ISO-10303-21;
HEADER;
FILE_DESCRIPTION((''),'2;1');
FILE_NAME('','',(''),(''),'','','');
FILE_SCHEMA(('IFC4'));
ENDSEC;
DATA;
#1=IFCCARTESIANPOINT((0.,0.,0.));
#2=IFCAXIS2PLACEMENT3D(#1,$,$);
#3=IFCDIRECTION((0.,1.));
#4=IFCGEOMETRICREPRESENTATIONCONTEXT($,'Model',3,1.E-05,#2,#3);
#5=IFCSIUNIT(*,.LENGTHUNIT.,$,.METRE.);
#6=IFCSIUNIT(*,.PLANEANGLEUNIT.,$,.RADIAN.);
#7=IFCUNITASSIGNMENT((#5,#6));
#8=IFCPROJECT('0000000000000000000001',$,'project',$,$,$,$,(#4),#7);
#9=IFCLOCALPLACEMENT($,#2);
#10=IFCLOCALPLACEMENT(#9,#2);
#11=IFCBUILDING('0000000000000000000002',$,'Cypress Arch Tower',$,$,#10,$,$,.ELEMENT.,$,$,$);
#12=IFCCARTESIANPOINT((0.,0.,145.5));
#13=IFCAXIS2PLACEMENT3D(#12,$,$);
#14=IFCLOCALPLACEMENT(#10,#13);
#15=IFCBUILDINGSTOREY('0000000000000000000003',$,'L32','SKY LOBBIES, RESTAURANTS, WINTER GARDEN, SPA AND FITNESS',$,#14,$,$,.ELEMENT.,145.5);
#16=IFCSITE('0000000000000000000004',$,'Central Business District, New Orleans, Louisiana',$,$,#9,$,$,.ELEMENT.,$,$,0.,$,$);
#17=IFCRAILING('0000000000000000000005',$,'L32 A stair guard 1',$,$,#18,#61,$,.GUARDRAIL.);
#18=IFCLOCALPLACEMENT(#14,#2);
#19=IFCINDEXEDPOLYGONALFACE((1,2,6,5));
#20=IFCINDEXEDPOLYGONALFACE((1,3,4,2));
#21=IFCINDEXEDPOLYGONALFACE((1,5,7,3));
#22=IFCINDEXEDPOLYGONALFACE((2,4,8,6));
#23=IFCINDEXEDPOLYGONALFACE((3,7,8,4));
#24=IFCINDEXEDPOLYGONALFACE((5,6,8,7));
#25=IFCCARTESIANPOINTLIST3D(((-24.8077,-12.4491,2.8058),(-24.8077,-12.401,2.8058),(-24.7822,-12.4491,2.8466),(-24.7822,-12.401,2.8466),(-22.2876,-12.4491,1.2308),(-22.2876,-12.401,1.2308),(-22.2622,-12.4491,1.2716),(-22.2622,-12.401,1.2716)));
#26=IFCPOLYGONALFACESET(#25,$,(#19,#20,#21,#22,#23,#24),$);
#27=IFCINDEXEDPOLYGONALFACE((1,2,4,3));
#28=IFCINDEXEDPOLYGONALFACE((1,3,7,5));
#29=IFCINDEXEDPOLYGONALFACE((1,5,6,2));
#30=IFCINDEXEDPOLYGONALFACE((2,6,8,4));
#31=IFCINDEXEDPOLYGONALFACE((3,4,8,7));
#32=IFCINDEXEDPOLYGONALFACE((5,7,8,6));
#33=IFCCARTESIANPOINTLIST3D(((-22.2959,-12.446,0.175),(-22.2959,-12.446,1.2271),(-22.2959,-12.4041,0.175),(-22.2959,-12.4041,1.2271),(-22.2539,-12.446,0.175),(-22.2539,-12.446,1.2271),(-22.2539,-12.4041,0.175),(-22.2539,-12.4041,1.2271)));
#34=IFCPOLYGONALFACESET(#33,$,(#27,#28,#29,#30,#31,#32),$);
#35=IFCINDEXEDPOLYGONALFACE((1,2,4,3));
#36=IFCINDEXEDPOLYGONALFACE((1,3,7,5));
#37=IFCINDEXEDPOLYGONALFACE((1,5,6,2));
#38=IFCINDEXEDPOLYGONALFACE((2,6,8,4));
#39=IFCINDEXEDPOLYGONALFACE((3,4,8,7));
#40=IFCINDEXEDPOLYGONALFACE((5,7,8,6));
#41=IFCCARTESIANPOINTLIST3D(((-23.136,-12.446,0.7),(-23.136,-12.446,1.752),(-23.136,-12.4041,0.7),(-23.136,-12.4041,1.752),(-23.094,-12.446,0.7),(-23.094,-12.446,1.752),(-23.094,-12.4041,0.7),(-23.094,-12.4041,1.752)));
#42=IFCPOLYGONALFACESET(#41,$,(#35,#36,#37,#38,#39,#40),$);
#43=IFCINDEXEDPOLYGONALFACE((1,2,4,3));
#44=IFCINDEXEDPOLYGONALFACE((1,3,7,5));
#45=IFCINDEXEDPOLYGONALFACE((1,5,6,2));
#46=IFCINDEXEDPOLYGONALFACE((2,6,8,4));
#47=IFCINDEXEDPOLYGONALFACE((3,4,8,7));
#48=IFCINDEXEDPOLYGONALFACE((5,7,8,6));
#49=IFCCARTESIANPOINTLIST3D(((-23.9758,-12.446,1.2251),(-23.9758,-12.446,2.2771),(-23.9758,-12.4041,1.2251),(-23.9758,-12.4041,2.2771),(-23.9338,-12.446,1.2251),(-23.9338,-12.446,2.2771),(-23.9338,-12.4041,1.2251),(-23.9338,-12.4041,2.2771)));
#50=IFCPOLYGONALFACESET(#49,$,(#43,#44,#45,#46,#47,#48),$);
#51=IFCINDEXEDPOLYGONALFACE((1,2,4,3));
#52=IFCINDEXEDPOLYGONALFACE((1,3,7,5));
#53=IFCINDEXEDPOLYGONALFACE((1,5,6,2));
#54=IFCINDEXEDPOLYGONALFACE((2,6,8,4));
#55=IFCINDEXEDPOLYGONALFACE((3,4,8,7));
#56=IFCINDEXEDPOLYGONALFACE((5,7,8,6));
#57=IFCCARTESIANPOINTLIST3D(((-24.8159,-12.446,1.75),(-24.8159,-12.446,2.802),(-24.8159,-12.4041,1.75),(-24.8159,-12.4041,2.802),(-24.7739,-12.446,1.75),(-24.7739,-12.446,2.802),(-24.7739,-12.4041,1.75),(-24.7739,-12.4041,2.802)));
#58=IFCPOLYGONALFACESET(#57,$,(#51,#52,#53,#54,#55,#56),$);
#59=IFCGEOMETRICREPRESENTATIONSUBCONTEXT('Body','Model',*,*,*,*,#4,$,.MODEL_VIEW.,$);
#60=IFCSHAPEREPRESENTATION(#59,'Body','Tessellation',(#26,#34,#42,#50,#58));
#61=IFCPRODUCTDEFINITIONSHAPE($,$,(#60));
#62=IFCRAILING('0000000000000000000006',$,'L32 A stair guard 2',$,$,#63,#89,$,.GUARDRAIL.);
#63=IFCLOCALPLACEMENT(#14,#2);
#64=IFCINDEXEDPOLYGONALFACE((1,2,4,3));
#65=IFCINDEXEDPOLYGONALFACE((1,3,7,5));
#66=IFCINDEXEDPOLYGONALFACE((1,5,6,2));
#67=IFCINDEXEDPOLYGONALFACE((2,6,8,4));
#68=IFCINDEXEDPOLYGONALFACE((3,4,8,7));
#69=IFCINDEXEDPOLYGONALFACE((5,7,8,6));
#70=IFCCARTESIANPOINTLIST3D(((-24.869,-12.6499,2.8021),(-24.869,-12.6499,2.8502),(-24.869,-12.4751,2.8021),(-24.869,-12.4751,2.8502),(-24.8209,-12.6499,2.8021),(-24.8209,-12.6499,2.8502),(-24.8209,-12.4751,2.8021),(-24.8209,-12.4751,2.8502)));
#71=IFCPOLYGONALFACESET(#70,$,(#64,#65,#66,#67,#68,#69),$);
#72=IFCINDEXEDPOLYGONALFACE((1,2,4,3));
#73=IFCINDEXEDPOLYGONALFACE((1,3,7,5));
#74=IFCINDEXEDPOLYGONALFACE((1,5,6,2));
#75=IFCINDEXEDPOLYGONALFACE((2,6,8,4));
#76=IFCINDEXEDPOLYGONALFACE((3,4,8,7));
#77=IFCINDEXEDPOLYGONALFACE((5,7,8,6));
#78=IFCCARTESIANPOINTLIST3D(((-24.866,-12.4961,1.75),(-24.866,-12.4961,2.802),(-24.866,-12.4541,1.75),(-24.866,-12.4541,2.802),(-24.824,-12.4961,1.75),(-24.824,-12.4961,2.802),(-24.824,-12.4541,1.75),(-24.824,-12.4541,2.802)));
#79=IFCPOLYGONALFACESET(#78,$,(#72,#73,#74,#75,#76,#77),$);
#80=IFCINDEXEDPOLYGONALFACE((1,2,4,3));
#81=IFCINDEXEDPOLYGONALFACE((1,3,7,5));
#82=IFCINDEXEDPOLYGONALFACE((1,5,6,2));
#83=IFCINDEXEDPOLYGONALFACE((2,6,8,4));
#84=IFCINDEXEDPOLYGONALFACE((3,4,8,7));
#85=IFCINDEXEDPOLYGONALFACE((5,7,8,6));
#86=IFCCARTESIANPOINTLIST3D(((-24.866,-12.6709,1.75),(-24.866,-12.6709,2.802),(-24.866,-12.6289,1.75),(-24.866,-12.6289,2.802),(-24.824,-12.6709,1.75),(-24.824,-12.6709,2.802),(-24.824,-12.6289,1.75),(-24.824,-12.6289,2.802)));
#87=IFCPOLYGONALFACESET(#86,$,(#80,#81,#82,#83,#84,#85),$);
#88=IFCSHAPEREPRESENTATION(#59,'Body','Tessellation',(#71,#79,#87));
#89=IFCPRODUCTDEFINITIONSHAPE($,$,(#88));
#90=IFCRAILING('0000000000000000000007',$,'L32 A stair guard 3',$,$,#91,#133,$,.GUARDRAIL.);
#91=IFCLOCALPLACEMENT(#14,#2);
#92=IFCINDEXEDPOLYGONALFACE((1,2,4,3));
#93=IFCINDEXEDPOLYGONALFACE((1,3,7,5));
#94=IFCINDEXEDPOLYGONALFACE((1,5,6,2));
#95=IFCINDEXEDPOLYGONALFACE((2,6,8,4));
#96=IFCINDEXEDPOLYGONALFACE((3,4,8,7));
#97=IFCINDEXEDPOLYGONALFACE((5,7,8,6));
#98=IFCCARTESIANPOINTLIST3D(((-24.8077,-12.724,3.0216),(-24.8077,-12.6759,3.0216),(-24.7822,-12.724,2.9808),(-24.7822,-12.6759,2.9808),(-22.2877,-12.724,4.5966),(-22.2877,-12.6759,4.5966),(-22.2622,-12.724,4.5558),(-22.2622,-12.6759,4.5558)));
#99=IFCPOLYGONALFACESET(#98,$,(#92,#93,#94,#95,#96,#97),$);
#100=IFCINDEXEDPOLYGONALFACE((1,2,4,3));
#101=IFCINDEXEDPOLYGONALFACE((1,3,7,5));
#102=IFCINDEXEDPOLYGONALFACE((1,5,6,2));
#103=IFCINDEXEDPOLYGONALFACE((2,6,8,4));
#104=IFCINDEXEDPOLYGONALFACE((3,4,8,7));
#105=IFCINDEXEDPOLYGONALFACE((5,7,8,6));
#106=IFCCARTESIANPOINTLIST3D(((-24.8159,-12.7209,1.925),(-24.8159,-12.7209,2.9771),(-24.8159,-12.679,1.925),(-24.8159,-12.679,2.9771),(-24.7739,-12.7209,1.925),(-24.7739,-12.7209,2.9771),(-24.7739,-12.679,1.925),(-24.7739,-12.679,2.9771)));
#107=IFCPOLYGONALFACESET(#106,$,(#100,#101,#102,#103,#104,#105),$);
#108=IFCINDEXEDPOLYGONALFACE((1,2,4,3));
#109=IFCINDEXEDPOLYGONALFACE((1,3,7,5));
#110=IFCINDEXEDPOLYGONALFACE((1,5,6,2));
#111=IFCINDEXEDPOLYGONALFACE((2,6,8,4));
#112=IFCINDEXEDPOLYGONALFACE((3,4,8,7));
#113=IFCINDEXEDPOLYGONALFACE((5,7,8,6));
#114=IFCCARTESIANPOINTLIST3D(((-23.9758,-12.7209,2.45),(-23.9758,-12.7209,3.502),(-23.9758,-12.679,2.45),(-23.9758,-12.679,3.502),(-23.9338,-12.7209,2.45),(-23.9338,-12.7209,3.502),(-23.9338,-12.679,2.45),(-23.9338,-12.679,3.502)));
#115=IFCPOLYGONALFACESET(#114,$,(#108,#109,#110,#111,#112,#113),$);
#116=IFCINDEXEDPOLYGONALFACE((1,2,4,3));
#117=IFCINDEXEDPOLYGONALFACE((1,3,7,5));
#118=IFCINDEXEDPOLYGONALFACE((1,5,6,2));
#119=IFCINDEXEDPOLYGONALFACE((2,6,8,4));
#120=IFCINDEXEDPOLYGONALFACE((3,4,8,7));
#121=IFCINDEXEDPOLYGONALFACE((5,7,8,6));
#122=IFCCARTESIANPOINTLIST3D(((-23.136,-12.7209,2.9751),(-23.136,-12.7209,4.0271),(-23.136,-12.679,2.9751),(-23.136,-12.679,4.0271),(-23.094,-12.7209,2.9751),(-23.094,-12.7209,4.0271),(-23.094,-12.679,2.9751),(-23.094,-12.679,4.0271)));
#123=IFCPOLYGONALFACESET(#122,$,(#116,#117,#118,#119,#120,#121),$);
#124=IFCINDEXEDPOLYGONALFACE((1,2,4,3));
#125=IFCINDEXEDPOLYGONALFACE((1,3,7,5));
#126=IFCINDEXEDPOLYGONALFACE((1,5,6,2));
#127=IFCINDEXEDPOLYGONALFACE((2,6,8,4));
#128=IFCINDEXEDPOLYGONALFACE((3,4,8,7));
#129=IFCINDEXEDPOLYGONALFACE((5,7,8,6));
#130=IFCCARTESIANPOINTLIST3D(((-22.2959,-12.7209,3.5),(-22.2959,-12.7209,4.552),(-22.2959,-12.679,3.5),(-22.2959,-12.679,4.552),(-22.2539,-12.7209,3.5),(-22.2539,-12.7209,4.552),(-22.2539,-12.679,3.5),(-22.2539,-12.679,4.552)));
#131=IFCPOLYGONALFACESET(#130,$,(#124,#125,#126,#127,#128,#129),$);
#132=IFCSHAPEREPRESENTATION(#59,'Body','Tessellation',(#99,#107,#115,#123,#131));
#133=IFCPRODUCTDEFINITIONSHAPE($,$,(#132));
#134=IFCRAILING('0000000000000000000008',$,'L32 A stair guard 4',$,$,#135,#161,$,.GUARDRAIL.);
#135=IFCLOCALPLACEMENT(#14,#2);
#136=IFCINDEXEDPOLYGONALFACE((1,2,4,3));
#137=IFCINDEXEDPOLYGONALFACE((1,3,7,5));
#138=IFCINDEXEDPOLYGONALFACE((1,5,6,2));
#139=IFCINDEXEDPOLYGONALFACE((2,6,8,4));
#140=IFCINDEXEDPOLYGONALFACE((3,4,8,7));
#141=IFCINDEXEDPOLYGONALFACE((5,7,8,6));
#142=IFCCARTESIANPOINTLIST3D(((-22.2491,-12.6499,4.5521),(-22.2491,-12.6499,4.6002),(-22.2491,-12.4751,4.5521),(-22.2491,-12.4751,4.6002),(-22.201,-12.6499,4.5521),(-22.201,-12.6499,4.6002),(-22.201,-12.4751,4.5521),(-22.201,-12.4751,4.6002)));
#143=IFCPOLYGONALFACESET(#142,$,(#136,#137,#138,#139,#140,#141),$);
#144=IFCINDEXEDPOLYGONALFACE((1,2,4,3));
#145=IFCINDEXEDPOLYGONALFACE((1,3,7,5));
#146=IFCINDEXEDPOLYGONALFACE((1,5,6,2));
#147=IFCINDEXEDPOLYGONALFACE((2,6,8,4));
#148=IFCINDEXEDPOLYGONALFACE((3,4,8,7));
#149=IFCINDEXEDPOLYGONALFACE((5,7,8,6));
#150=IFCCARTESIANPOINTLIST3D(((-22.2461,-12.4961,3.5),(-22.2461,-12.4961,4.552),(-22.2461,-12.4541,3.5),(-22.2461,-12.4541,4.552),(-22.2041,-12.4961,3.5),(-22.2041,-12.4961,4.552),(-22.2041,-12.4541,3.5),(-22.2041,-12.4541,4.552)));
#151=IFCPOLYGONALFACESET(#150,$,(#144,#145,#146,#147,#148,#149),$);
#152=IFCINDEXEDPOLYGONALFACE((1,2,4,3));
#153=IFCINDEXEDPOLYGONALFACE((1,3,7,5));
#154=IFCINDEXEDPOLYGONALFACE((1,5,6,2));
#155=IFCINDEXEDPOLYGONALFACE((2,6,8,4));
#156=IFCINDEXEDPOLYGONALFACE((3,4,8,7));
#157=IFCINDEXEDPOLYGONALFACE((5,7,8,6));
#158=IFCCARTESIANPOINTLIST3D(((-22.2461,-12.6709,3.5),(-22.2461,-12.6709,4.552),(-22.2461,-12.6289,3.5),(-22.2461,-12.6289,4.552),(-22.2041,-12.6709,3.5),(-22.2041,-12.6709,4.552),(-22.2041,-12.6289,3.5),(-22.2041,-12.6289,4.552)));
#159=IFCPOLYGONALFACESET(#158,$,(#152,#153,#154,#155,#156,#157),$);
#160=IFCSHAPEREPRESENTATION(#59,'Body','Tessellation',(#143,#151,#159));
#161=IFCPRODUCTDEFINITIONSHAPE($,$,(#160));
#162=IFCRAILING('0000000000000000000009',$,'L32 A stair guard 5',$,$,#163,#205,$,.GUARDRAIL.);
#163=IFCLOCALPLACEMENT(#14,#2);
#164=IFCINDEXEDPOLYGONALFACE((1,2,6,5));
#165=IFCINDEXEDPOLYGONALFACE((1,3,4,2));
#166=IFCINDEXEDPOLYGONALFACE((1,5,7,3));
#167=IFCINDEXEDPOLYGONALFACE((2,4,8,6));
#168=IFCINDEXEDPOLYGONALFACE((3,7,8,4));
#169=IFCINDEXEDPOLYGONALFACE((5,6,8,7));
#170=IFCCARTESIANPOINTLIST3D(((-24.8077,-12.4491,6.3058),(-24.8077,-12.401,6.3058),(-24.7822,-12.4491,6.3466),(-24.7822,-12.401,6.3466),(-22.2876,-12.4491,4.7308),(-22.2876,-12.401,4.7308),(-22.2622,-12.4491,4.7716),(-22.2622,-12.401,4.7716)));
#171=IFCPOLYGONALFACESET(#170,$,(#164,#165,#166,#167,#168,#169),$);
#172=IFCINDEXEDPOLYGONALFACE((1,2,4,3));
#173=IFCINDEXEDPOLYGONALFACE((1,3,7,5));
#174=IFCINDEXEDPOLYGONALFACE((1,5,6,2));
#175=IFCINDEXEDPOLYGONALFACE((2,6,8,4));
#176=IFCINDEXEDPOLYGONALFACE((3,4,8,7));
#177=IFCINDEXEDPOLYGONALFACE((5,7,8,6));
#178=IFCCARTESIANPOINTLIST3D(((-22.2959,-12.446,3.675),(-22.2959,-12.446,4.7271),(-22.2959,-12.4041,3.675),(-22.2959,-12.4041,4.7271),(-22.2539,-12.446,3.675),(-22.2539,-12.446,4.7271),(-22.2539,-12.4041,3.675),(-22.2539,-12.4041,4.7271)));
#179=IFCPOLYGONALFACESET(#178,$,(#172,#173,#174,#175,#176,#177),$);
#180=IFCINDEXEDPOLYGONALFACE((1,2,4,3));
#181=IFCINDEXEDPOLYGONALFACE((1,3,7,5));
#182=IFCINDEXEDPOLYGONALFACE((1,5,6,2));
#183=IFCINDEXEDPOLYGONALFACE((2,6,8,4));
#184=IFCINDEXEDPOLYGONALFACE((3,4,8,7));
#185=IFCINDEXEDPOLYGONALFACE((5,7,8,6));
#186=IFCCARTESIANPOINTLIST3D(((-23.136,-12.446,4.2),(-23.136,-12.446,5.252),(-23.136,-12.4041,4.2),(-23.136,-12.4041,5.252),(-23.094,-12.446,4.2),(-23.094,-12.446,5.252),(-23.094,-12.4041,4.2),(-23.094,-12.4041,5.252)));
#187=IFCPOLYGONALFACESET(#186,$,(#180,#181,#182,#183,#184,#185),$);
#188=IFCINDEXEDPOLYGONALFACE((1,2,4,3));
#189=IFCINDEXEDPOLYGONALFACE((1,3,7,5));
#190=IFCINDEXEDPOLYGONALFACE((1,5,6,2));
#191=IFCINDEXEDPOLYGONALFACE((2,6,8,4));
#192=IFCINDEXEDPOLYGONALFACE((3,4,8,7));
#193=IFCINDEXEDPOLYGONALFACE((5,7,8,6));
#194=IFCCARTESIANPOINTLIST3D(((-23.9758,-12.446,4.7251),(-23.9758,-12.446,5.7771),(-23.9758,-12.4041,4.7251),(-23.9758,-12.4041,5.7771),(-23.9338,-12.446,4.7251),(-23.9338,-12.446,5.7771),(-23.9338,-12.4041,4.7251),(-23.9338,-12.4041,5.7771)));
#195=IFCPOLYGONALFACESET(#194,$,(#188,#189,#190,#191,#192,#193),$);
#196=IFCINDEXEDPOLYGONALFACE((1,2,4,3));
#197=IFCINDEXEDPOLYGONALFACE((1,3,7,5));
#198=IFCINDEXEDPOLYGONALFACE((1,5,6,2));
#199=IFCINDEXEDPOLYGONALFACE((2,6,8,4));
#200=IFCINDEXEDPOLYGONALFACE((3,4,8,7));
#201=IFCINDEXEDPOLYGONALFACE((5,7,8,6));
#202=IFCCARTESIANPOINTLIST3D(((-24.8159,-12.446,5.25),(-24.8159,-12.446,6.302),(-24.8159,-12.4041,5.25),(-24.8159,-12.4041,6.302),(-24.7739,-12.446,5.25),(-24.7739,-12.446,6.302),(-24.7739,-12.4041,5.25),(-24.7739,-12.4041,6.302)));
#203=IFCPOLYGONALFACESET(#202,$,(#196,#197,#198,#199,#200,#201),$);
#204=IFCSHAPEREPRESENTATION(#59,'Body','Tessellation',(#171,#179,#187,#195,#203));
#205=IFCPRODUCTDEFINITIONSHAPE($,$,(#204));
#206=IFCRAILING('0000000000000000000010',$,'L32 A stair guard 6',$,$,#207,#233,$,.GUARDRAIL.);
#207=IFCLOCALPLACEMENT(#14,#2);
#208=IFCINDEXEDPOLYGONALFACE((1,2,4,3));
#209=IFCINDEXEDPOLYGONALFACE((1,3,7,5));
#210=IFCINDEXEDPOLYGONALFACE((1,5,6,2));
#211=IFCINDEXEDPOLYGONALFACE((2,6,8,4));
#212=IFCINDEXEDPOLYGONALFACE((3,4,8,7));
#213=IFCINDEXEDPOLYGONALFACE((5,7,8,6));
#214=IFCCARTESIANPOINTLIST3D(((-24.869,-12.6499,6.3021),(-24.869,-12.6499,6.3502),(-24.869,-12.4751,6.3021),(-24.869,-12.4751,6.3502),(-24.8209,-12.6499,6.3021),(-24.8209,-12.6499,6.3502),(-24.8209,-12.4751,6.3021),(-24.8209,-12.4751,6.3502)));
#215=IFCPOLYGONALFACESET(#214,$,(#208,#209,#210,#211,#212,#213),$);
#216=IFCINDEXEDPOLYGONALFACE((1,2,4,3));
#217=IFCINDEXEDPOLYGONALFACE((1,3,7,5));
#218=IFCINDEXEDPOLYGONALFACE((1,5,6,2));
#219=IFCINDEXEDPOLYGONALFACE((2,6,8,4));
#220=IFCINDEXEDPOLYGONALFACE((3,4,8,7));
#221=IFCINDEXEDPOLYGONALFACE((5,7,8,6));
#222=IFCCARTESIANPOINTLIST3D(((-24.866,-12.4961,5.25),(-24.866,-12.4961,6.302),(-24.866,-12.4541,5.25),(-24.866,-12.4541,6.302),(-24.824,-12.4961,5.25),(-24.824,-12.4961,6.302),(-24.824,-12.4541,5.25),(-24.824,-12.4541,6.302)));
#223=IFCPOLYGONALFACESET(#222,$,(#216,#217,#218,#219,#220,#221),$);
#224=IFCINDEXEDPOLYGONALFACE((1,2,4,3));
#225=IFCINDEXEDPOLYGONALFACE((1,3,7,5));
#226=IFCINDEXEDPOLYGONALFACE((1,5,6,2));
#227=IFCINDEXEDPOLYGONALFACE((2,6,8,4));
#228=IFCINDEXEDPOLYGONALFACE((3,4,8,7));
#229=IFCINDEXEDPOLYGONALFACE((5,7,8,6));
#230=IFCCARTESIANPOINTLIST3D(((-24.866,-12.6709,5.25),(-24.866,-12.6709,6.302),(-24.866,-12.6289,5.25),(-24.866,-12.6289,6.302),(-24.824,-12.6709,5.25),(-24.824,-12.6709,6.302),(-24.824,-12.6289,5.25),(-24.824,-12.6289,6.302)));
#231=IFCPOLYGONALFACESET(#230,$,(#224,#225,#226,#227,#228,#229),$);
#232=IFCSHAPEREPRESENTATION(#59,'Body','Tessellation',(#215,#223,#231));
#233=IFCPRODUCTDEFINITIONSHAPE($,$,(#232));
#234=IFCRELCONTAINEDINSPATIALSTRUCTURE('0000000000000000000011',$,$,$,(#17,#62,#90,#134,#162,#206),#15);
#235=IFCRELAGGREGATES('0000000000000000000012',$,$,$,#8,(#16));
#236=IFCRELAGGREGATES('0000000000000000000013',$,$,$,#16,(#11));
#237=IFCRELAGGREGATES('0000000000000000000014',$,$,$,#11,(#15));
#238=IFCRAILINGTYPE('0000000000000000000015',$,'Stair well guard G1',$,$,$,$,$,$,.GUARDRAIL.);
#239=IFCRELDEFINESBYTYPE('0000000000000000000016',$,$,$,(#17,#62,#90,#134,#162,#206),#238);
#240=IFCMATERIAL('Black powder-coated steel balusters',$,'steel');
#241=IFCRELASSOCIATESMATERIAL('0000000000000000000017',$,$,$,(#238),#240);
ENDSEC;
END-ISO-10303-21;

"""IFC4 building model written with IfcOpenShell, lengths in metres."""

from ifc_helpers import new_model, si_unit, direction, frame, origin, origin_2d, place, context, subcontext, project, spatial, rectangle, extrude, material, type_object, element, save


model = new_model("IFC4")

# Units and contexts
model_context = context("Model", 3, precision=1e-05, world=origin(), true_north=direction((0.0, 1.0)))
body_context = subcontext(model_context, "Body", "Model", "MODEL_VIEW")
ifc_project = project(units=[si_unit("LENGTHUNIT", "METRE"), si_unit("PLANEANGLEUNIT", "RADIAN")], contexts=[model_context])

# Site, building, storey
site_placement = place(None, origin())
site = spatial("IfcSite", under=ifc_project, at=site_placement, Name="Central Business District, New Orleans, Louisiana", CompositionType="ELEMENT", RefElevation=0.0)
building_placement = place(site_placement, origin())
building = spatial("IfcBuilding", under=site, at=building_placement, Name="Cypress Arch Tower", CompositionType="ELEMENT")
storey_placement = place(building_placement, frame((0.0, 0.0, 145.5)))
storey = spatial("IfcBuildingStorey", under=building, at=storey_placement, Name="L32", Description="SKY LOBBIES, RESTAURANTS, WINTER GARDEN, SPA AND FITNESS", CompositionType="ELEMENT", Elevation=145.5)

# Railings
ifc_material_1 = material(Name="Black powder-coated steel balusters", Category="steel")
railing_type_1 = type_object("IfcRailingType", Name="Stair well guard G1", PredefinedType="GUARDRAIL", material=ifc_material_1)
railing_1_placement = place(storey_placement, frame((-22.2749, -12.425, 0.175)))
element("IfcRailing", 1, at=railing_1_placement, inside=storey, type_object=railing_type_1, Name="L32 A stair guard 1", PredefinedType="GUARDRAIL", context=body_context, shape_type="SweptSolid", body=[
    extrude(rectangle(XDim=0.0481, YDim=0.0481, at=origin_2d()), frame((0.0, 0.0, 1.0762), z_axis=(-0.848008, 0.0, 0.529984), x_axis=(0.0, -1.0, 0.0)), (0.0, 0.0, 1.0), 2.9717),
    extrude(rectangle(XDim=0.042, YDim=0.042, at=origin_2d()), origin(), (0.0, 0.0, 1.0), 1.052),
    extrude(rectangle(XDim=0.042, YDim=0.042, at=origin_2d()), frame((-0.8401, 0.0, 0.5249)), (0.0, 0.0, 1.0), 1.052),
    extrude(rectangle(XDim=0.042, YDim=0.042, at=origin_2d()), frame((-1.6799, 0.0, 1.05)), (0.0, 0.0, 1.0), 1.052),
    extrude(rectangle(XDim=0.042, YDim=0.042, at=origin_2d()), frame((-2.52, 0.0, 1.575)), (0.0, 0.0, 1.0), 1.052),
])
railing_2_placement = place(storey_placement, frame((-24.845, -12.4751, 1.75)))
element("IfcRailing", 2, at=railing_2_placement, inside=storey, type_object=railing_type_1, Name="L32 A stair guard 2", PredefinedType="GUARDRAIL", context=body_context, shape_type="SweptSolid", body=[
    extrude(rectangle(XDim=0.0481, YDim=0.0481, at=origin_2d()), frame((0.0, 0.0, 1.0762), z_axis=(0.0, -1.0, 0.0), x_axis=(1.0, 0.0, 0.0)), (0.0, 0.0, 1.0), 0.1748),
    extrude(rectangle(XDim=0.042, YDim=0.042, at=origin_2d()), origin(), (0.0, 0.0, 1.0), 1.052),
    extrude(rectangle(XDim=0.042, YDim=0.042, at=origin_2d()), frame((0.0, -0.1748, 0.0)), (0.0, 0.0, 1.0), 1.052),
])
railing_3_placement = place(storey_placement, frame((-24.7949, -12.7, 1.925)))
element("IfcRailing", 3, at=railing_3_placement, inside=storey, type_object=railing_type_1, Name="L32 A stair guard 3", PredefinedType="GUARDRAIL", context=body_context, shape_type="SweptSolid", body=[
    extrude(rectangle(XDim=0.0481, YDim=0.0481, at=origin_2d()), frame((0.0, 0.0, 1.0762), z_axis=(0.848008, 0.0, 0.529984), x_axis=(0.0, 1.0, 0.0)), (0.0, 0.0, 1.0), 2.9717),
    extrude(rectangle(XDim=0.042, YDim=0.042, at=origin_2d()), origin(), (0.0, 0.0, 1.0), 1.052),
    extrude(rectangle(XDim=0.042, YDim=0.042, at=origin_2d()), frame((0.8401, 0.0, 0.5249)), (0.0, 0.0, 1.0), 1.052),
    extrude(rectangle(XDim=0.042, YDim=0.042, at=origin_2d()), frame((1.6799, 0.0, 1.05)), (0.0, 0.0, 1.0), 1.052),
    extrude(rectangle(XDim=0.042, YDim=0.042, at=origin_2d()), frame((2.52, 0.0, 1.575)), (0.0, 0.0, 1.0), 1.052),
])
railing_4_placement = place(storey_placement, frame((-22.2251, -12.4751, 3.5)))
element("IfcRailing", 4, at=railing_4_placement, inside=storey, type_object=railing_type_1, Name="L32 A stair guard 4", PredefinedType="GUARDRAIL", context=body_context, shape_type="SweptSolid", body=[
    extrude(rectangle(XDim=0.0481, YDim=0.0481, at=origin_2d()), frame((0.0, 0.0, 1.0762), z_axis=(0.0, -1.0, 0.0), x_axis=(1.0, 0.0, 0.0)), (0.0, 0.0, 1.0), 0.1748),
    extrude(rectangle(XDim=0.042, YDim=0.042, at=origin_2d()), origin(), (0.0, 0.0, 1.0), 1.052),
    extrude(rectangle(XDim=0.042, YDim=0.042, at=origin_2d()), frame((0.0, -0.1748, 0.0)), (0.0, 0.0, 1.0), 1.052),
])
railing_5_placement = place(storey_placement, frame((-22.2749, -12.425, 3.675)))
element("IfcRailing", 5, at=railing_5_placement, inside=storey, type_object=railing_type_1, Name="L32 A stair guard 5", PredefinedType="GUARDRAIL", context=body_context, shape_type="SweptSolid", body=[
    extrude(rectangle(XDim=0.0481, YDim=0.0481, at=origin_2d()), frame((0.0, 0.0, 1.0762), z_axis=(-0.848008, 0.0, 0.529984), x_axis=(0.0, -1.0, 0.0)), (0.0, 0.0, 1.0), 2.9717),
    extrude(rectangle(XDim=0.042, YDim=0.042, at=origin_2d()), origin(), (0.0, 0.0, 1.0), 1.052),
    extrude(rectangle(XDim=0.042, YDim=0.042, at=origin_2d()), frame((-0.8401, 0.0, 0.5249)), (0.0, 0.0, 1.0), 1.052),
    extrude(rectangle(XDim=0.042, YDim=0.042, at=origin_2d()), frame((-1.6799, 0.0, 1.05)), (0.0, 0.0, 1.0), 1.052),
    extrude(rectangle(XDim=0.042, YDim=0.042, at=origin_2d()), frame((-2.52, 0.0, 1.575)), (0.0, 0.0, 1.0), 1.052),
])
railing_6_placement = place(storey_placement, frame((-24.845, -12.4751, 5.25)))
element("IfcRailing", 6, at=railing_6_placement, inside=storey, type_object=railing_type_1, Name="L32 A stair guard 6", PredefinedType="GUARDRAIL", context=body_context, shape_type="SweptSolid", body=[
    extrude(rectangle(XDim=0.0481, YDim=0.0481, at=origin_2d()), frame((0.0, 0.0, 1.0762), z_axis=(0.0, -1.0, 0.0), x_axis=(1.0, 0.0, 0.0)), (0.0, 0.0, 1.0), 0.1748),
    extrude(rectangle(XDim=0.042, YDim=0.042, at=origin_2d()), origin(), (0.0, 0.0, 1.0), 1.052),
    extrude(rectangle(XDim=0.042, YDim=0.042, at=origin_2d()), frame((0.0, -0.1748, 0.0)), (0.0, 0.0, 1.0), 1.052),
])

save(model, "model.ifc")
